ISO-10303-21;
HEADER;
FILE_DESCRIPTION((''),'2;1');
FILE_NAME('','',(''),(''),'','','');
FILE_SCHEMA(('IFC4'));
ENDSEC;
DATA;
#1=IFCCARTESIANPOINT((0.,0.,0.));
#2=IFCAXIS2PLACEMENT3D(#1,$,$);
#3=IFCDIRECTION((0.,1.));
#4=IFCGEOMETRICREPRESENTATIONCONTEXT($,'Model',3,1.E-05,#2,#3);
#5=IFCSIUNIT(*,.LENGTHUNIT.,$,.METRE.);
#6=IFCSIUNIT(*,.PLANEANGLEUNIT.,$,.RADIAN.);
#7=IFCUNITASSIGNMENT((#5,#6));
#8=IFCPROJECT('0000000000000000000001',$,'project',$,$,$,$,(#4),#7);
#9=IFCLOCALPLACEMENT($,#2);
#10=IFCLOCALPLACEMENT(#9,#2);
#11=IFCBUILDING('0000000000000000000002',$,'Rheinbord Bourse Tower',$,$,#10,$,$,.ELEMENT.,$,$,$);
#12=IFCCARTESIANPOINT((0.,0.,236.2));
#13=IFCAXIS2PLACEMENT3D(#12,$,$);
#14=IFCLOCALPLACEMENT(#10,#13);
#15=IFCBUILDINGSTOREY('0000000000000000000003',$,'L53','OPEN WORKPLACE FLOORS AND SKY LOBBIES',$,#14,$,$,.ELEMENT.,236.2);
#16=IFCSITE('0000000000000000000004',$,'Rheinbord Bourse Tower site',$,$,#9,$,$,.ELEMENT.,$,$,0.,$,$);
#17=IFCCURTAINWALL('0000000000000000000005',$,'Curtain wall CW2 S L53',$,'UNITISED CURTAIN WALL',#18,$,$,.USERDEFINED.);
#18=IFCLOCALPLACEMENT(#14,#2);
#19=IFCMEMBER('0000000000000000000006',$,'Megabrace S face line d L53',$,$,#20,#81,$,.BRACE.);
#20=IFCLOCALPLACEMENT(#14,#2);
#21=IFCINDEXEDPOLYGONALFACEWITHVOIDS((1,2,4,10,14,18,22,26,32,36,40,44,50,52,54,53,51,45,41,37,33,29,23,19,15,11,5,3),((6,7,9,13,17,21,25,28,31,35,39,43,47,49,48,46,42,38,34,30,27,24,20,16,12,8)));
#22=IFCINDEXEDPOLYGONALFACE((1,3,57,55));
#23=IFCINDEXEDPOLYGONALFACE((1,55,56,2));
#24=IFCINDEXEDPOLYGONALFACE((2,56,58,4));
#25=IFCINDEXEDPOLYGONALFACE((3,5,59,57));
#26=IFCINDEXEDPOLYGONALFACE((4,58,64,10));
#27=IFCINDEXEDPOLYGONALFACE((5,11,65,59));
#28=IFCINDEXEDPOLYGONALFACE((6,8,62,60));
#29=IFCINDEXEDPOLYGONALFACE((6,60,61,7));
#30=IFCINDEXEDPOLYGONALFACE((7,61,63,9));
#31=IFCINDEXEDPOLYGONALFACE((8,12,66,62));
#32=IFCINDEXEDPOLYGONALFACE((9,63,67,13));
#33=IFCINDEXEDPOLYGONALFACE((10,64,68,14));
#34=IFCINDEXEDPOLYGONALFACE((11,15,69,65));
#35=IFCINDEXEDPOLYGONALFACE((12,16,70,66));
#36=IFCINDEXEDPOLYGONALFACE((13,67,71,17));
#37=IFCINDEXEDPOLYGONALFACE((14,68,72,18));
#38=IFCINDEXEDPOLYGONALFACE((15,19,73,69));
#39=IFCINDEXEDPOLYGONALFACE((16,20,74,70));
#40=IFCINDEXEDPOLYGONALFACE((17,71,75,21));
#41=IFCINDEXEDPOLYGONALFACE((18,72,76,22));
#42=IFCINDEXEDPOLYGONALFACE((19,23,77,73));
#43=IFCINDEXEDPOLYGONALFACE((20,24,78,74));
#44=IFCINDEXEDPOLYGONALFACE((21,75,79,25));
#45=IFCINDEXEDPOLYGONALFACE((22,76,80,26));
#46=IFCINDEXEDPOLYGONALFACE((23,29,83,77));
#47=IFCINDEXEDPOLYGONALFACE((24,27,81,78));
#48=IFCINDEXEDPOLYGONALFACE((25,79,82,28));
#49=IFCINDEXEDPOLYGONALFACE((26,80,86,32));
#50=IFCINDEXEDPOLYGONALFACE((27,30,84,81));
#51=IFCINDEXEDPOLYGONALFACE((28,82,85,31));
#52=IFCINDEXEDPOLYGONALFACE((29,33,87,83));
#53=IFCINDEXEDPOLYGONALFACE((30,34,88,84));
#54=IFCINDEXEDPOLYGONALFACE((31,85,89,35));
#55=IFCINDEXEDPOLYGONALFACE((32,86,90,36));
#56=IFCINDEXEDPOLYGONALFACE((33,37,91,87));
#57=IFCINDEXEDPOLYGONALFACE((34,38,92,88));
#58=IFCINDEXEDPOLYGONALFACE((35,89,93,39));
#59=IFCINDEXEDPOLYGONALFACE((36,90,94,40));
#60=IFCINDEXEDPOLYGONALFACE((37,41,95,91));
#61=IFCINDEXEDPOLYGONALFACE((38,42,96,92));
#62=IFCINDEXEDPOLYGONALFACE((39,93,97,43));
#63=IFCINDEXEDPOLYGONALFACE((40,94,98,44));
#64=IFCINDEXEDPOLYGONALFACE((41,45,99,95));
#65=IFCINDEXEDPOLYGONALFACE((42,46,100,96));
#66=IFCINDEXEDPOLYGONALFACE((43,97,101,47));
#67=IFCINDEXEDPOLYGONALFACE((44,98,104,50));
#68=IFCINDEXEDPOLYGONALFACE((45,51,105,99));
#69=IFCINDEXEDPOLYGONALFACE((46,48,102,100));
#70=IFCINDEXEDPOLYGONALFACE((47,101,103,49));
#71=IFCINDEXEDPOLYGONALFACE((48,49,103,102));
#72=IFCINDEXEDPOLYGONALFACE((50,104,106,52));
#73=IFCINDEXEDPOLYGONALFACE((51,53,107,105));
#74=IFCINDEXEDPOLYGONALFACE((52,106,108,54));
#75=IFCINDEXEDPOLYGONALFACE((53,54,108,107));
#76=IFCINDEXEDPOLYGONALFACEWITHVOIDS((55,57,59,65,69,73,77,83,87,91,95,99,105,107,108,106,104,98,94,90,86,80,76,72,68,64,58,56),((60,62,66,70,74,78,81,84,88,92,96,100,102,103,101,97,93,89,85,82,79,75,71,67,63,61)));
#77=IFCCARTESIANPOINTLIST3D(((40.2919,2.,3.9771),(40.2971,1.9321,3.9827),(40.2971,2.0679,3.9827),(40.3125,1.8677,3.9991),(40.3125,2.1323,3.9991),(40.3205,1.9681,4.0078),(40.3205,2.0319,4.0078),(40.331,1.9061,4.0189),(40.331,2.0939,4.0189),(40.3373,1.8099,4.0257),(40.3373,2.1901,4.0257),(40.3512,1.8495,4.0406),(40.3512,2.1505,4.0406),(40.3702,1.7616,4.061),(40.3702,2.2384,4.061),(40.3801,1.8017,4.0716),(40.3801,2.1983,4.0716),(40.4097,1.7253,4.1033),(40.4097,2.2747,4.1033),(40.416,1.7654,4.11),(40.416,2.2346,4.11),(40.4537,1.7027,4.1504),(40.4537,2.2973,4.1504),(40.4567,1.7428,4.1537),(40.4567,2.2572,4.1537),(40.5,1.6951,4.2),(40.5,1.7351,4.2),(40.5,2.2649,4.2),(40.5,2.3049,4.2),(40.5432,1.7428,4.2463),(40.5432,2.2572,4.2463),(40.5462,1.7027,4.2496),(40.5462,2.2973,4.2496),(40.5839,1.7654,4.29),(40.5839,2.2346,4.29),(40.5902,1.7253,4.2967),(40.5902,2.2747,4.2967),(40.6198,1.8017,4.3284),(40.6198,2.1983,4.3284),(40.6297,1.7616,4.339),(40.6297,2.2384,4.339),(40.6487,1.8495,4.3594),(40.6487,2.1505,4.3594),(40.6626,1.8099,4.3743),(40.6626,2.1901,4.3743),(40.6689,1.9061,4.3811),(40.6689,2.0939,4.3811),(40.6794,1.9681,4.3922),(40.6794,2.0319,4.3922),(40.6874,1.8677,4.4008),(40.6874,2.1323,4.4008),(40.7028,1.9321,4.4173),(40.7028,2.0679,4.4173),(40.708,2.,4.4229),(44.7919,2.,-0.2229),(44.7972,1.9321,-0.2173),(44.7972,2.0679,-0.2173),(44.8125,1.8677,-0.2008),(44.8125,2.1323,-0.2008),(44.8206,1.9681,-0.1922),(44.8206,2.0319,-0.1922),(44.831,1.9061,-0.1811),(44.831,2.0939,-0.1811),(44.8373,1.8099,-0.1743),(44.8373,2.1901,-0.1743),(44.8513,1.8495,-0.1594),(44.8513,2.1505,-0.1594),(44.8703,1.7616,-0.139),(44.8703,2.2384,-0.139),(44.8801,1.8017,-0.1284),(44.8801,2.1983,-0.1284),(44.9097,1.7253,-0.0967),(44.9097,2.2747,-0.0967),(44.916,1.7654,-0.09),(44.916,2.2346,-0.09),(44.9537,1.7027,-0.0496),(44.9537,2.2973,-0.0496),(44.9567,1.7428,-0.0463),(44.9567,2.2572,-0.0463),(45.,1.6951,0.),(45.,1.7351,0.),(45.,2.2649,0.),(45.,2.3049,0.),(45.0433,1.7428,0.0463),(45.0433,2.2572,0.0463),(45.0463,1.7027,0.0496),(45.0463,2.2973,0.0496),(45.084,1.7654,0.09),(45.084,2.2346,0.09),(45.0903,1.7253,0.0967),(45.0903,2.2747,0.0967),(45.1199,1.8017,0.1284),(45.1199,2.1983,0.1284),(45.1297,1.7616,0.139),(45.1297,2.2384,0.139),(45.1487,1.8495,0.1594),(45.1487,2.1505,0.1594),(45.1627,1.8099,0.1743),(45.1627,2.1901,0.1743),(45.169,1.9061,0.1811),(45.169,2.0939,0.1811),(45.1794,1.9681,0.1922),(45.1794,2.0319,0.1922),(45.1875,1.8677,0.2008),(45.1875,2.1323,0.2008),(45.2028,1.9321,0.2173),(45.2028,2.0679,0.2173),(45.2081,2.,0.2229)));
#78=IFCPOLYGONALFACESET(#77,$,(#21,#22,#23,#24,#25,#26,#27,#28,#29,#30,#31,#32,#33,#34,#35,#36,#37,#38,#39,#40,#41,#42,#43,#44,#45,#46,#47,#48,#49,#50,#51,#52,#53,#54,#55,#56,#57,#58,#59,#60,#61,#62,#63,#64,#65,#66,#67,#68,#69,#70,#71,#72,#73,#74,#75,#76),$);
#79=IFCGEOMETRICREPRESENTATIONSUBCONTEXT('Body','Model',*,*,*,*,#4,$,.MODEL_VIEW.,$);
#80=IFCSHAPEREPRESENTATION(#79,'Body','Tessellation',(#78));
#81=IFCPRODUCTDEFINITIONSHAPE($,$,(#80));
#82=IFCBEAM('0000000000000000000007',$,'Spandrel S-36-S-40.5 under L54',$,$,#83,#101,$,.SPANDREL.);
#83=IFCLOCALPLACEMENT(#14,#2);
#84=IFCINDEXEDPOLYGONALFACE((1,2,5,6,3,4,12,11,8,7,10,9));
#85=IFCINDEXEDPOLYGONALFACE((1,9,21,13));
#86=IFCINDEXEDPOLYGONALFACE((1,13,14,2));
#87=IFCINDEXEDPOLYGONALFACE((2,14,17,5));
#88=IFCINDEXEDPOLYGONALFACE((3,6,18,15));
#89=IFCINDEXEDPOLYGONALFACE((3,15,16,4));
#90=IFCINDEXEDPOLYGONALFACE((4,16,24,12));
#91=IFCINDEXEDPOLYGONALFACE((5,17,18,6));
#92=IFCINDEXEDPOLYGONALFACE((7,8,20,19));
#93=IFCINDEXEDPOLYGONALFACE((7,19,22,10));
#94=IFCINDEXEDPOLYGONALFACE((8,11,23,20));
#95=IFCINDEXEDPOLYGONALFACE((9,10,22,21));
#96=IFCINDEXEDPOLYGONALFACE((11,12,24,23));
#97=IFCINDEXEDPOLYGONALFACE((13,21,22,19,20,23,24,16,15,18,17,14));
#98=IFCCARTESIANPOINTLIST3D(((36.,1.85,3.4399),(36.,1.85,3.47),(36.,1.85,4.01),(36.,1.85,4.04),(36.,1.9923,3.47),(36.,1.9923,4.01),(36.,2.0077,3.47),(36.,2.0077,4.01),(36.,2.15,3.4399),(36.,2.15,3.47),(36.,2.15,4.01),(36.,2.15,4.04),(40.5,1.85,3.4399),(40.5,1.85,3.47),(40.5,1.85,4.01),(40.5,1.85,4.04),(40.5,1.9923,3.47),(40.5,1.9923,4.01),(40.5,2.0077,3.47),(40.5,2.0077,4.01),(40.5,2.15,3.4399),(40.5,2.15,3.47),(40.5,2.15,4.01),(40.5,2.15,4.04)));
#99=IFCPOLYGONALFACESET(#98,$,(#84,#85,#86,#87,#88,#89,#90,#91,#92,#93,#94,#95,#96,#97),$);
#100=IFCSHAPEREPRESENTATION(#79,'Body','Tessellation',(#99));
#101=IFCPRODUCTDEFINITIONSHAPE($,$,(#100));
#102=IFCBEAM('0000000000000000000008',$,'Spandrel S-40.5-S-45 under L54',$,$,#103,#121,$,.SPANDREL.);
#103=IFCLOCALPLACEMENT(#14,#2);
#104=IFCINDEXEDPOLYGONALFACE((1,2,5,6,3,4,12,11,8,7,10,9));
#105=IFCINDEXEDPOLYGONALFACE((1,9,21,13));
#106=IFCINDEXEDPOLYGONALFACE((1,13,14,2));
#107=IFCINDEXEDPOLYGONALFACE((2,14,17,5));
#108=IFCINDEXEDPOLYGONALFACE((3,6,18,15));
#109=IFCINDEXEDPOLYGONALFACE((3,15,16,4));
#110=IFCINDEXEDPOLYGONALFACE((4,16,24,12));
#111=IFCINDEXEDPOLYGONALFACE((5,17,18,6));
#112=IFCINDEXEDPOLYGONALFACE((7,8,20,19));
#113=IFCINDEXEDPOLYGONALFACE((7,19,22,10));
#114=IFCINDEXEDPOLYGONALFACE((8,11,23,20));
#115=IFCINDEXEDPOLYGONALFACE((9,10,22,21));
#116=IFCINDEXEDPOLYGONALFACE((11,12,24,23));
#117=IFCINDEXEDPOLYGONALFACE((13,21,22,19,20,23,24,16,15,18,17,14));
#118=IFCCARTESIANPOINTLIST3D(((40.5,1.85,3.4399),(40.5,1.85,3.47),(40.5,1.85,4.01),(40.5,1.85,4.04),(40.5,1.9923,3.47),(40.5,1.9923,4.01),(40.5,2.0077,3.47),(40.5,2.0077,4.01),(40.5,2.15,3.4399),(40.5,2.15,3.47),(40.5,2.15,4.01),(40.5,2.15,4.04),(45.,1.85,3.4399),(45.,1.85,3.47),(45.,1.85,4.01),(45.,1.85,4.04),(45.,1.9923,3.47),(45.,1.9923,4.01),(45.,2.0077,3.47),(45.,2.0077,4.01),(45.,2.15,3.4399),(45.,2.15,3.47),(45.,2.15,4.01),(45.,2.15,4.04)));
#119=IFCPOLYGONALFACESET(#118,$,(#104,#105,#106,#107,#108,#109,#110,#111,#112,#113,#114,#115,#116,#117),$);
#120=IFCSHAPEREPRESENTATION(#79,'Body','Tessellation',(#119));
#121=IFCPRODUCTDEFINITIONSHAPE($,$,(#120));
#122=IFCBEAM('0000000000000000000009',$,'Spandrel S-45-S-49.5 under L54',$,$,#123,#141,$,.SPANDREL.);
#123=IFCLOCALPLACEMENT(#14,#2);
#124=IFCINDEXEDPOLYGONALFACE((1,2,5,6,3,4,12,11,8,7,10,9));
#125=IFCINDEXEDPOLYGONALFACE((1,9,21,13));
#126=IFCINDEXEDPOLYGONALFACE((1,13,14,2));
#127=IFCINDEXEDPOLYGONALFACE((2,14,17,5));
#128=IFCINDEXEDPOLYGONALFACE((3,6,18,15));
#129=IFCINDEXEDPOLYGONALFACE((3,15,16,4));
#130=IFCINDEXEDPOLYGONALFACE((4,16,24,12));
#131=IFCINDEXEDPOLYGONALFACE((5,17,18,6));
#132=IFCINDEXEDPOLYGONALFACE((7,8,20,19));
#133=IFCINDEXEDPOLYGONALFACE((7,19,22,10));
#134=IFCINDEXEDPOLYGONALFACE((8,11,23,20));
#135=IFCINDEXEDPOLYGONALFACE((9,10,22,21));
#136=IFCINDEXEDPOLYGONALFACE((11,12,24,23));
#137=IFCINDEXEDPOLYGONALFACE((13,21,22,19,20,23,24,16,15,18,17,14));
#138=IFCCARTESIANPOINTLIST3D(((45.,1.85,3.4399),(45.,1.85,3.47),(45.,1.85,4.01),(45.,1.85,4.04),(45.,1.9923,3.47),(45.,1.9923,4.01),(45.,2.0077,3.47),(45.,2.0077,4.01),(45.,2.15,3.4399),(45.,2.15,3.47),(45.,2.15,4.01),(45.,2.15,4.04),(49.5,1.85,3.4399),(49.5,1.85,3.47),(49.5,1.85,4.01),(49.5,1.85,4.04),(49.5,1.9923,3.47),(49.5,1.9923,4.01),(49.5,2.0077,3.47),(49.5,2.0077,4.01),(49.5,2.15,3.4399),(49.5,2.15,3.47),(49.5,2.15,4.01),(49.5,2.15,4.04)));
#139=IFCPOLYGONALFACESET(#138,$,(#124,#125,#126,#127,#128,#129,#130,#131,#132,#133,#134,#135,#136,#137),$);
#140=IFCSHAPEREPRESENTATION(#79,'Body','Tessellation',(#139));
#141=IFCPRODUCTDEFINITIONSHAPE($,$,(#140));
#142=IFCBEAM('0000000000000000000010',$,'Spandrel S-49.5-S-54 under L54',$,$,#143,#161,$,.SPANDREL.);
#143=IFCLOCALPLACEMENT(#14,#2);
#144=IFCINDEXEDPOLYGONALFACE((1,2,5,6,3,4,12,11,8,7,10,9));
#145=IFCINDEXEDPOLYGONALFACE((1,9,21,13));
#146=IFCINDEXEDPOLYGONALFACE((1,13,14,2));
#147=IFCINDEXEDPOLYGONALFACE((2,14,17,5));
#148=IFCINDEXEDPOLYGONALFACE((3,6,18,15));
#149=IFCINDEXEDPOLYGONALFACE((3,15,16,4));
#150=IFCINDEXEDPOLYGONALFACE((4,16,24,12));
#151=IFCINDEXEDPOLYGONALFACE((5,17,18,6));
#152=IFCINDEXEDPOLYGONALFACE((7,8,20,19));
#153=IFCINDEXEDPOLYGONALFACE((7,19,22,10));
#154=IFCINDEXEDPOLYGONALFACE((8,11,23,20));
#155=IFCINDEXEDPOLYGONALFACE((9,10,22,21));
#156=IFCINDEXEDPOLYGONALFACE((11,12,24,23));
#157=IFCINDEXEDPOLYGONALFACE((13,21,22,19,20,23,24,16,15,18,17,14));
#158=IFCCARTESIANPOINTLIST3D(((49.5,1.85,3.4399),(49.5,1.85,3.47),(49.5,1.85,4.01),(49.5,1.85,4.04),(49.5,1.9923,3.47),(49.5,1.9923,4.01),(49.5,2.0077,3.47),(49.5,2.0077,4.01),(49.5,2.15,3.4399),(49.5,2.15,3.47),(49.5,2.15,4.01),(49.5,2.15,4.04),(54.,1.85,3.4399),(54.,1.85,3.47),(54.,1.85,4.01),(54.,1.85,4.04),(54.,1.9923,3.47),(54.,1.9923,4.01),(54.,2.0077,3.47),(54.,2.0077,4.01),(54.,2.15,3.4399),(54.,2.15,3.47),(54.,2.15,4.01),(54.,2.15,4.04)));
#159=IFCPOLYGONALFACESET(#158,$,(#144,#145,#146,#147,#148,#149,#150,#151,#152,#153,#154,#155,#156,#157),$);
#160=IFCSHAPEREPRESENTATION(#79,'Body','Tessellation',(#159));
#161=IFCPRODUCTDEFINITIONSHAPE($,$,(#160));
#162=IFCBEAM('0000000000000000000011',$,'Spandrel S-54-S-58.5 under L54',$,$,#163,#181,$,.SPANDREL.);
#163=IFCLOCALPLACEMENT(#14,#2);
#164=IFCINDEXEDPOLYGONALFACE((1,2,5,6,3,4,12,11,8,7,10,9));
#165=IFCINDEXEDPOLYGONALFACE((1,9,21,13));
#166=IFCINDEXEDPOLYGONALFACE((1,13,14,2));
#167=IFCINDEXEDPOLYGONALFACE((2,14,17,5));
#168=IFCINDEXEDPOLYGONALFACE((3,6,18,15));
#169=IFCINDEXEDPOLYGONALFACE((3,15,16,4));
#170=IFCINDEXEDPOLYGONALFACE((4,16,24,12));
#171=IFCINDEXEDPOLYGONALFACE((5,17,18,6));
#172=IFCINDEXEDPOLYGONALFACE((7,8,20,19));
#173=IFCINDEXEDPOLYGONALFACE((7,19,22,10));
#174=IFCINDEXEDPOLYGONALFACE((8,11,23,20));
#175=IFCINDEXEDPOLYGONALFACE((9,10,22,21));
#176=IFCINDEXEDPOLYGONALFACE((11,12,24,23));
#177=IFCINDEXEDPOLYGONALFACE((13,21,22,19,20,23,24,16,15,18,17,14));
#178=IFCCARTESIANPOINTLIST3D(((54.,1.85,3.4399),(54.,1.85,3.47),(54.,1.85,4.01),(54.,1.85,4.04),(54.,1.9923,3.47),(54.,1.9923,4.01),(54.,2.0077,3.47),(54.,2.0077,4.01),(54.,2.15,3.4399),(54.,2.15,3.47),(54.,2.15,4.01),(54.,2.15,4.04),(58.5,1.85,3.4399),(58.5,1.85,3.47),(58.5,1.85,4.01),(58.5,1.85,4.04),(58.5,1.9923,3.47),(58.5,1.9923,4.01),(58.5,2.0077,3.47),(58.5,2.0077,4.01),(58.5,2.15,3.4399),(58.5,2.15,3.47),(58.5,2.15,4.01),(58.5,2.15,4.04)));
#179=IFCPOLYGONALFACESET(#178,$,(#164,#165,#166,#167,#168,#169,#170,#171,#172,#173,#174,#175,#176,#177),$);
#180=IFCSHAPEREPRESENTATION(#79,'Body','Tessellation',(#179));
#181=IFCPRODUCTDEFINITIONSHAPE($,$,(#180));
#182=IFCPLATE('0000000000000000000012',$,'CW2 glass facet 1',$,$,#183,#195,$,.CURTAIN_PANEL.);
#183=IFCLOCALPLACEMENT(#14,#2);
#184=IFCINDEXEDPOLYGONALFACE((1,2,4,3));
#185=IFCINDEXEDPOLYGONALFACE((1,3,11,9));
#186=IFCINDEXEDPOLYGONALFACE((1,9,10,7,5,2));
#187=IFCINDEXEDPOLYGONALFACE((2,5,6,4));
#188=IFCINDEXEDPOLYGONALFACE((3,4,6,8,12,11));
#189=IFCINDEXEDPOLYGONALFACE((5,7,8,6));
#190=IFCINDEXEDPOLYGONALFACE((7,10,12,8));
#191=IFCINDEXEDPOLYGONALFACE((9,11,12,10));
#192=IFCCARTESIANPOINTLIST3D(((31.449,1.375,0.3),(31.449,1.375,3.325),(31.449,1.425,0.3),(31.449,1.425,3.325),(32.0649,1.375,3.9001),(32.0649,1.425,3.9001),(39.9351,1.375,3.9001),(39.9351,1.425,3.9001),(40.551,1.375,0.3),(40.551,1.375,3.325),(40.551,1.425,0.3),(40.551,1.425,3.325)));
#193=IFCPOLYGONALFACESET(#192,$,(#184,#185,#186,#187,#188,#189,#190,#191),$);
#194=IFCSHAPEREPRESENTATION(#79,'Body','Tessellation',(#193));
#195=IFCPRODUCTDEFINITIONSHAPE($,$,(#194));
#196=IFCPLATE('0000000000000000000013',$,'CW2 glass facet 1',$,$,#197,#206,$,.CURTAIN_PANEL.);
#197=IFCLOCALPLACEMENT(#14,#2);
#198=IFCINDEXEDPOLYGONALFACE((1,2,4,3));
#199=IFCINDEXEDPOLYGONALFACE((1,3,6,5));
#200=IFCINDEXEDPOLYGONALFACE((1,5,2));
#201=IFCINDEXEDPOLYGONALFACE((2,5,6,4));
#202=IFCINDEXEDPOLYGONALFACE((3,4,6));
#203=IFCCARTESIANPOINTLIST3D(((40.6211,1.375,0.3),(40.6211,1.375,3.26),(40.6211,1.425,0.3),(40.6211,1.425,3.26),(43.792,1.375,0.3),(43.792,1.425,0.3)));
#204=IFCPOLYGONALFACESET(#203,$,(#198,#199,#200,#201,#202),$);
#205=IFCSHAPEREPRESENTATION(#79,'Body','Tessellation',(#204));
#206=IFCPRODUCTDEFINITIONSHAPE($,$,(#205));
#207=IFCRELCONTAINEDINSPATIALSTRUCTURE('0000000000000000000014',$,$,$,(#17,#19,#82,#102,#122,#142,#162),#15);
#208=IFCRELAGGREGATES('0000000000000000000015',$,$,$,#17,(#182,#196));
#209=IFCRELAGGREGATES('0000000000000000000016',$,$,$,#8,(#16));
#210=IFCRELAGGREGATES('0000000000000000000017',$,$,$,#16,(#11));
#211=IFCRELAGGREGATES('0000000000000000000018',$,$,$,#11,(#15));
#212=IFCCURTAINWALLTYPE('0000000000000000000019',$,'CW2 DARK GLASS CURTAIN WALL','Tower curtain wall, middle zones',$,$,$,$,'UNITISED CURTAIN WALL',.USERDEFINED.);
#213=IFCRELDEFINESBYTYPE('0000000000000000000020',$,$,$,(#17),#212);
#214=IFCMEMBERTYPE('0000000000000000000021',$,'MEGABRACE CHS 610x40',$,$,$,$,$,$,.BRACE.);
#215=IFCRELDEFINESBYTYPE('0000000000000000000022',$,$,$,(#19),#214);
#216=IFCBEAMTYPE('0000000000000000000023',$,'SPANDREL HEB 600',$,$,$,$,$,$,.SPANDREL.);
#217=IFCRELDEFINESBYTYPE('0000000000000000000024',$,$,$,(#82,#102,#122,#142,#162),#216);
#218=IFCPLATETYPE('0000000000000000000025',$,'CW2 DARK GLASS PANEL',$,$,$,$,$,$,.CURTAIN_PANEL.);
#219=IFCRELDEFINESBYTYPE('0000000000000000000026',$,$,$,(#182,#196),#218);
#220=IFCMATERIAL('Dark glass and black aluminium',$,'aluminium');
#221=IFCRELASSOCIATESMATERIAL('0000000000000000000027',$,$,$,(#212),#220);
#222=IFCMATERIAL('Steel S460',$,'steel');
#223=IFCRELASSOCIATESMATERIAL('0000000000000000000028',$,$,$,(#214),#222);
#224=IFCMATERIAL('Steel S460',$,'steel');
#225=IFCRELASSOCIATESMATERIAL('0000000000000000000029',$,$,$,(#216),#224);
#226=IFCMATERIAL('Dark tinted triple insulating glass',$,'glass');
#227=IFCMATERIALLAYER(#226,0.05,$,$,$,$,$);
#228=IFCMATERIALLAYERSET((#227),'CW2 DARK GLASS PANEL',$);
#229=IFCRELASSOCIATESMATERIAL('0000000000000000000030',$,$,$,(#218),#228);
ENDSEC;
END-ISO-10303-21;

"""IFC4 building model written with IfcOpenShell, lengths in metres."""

from ifc_helpers import new_model, si_unit, direction, frame, origin, origin_2d, place, context, subcontext, project, spatial, polyline, hollow_circle, i_section, outline, extrude, material, layer, layer_set, material_profile, profile_set, type_object, element, aggregate, save


model = new_model("IFC4")

# Units and contexts
model_context = context("Model", 3, precision=1e-05, world=origin(), true_north=direction((0.0, 1.0)))
body_context = subcontext(model_context, "Body", "Model", "MODEL_VIEW")
ifc_project = project(units=[si_unit("LENGTHUNIT", "METRE"), si_unit("PLANEANGLEUNIT", "RADIAN")], contexts=[model_context])

# Site, building, storey
site_placement = place(None, origin())
site = spatial("IfcSite", under=ifc_project, at=site_placement, Name="Rheinbord Bourse Tower site", CompositionType="ELEMENT", RefElevation=0.0)
building_placement = place(site_placement, origin())
building = spatial("IfcBuilding", under=site, at=building_placement, Name="Rheinbord Bourse Tower", CompositionType="ELEMENT")
storey_placement = place(building_placement, frame((0.0, 0.0, 236.2)))
storey = spatial("IfcBuildingStorey", under=building, at=storey_placement, Name="L53", Description="OPEN WORKPLACE FLOORS AND SKY LOBBIES", CompositionType="ELEMENT", Elevation=236.2)

# Curtain wall
ifc_material_1 = material(Name="Dark glass and black aluminium", Category="aluminium")
curtain_wall_type = type_object("IfcCurtainWallType", Name="CW2 DARK GLASS CURTAIN WALL", Description="Tower curtain wall, middle zones", ElementType="UNITISED CURTAIN WALL", PredefinedType="USERDEFINED", material=ifc_material_1)
curtain_wall_placement = place(storey_placement, origin())
curtain_wall = element("IfcCurtainWall", 1, at=curtain_wall_placement, inside=storey, type_object=curtain_wall_type, Name="Curtain wall CW2 S L53", ObjectType="UNITISED CURTAIN WALL", PredefinedType="USERDEFINED")

# Member
ifc_material_2 = material(Name="Steel S460", Category="steel")
ifc_material_profile_1 = material_profile(ifc_material_2, hollow_circle(Radius=0.3049, WallThickness=0.04, at=origin_2d()), Name="CHS 610x40")
ifc_profile_set_1 = profile_set([ifc_material_profile_1], Name="Steel S460")
member_type_1 = type_object("IfcMemberType", Name="MEGABRACE CHS 610x40", PredefinedType="BRACE", material=ifc_profile_set_1)
member_1_placement = place(storey_placement, frame((45.0, 2.0, 0.0), z_axis=(-0.731059, 0.0, 0.682314), x_axis=(0.0, -1.0, 0.0)))
element("IfcMember", 2, at=member_1_placement, inside=storey, type_object=member_type_1, Name="Megabrace S face line d L53", PredefinedType="BRACE", context=body_context, shape_type="SweptSolid", body=[
    extrude(hollow_circle(Radius=0.3049, WallThickness=0.04, at=origin_2d()), origin(), (0.0, 0.0, 1.0), 6.1555),
])

# Beams
ifc_material_3 = material(Name="Steel S460", Category="steel")
ifc_material_profile_2 = material_profile(ifc_material_3, i_section(OverallWidth=0.3, OverallDepth=0.6001, WebThickness=0.0154, FlangeThickness=0.03, at=origin_2d()), Name="HEB 600")
ifc_profile_set_2 = profile_set([ifc_material_profile_2], Name="Steel S460")
beam_type_1 = type_object("IfcBeamType", Name="SPANDREL HEB 600", PredefinedType="SPANDREL", material=ifc_profile_set_2)
for number, where, z_axis, x_axis, name in (
    (3, (36.0, 2.0, 3.74), (1.0, 0.0, 0.0), (0.0, 1.0, 0.0), "Spandrel S-36-S-40.5 under L54"),
    (4, (40.5, 2.0, 3.74), (1.0, 0.0, 0.0), (0.0, 1.0, 0.0), "Spandrel S-40.5-S-45 under L54"),
    (5, (45.0, 2.0, 3.74), (1.0, 0.0, 0.0), (0.0, 1.0, 0.0), "Spandrel S-45-S-49.5 under L54"),
    (6, (49.5, 2.0, 3.74), (1.0, 0.0, 0.0), (0.0, 1.0, 0.0), "Spandrel S-49.5-S-54 under L54"),
    (7, (54.0, 2.0, 3.74), (1.0, 0.0, 0.0), (0.0, 1.0, 0.0), "Spandrel S-54-S-58.5 under L54"),
):
    element("IfcBeam", number, at=place(storey_placement, frame(where, z_axis=z_axis, x_axis=x_axis)), inside=storey, type_object=beam_type_1, Name=name, PredefinedType="SPANDREL", context=body_context, shape_type="SweptSolid", body=[
        extrude(i_section(OverallWidth=0.3, OverallDepth=0.6001, WebThickness=0.0154, FlangeThickness=0.03, at=origin_2d()), origin(), (0.0, 0.0, 1.0), 4.5),
    ])

# Plates
ifc_material_4 = material(Name="Dark tinted triple insulating glass", Category="glass")
ifc_layer_1 = layer(ifc_material_4, 0.05)
ifc_layer_set_1 = layer_set([ifc_layer_1], Name="CW2 DARK GLASS PANEL")
plate_type = type_object("IfcPlateType", Name="CW2 DARK GLASS PANEL", PredefinedType="CURTAIN_PANEL", material=ifc_layer_set_1)
plate_1_placement = place(storey_placement, frame((40.551, 1.375, 0.3), z_axis=(0.0, 1.0, 0.0), x_axis=(-1.0, 0.0, 0.0)))
plate_1 = element("IfcPlate", 8, at=plate_1_placement, type_object=plate_type, Name="CW2 glass facet 1", PredefinedType="CURTAIN_PANEL", context=body_context, shape_type="SweptSolid", body=[
    extrude(outline(polyline([(0.0, 0.0), (9.1021, 0.0), (9.1021, 3.0249), (8.4861, 3.6001), (0.616, 3.6001), (0.0, 3.0249), (0.0, 0.0)])), origin(), (0.0, 0.0, 1.0), 0.05),
])
plate_2_placement = place(storey_placement, frame((40.6211, 1.375, 0.3), z_axis=(0.0, 1.0, 0.0), x_axis=(0.0, 0.0, 1.0)))
plate_2 = element("IfcPlate", 9, at=plate_2_placement, type_object=plate_type, Name="CW2 glass facet 1", PredefinedType="CURTAIN_PANEL", context=body_context, shape_type="SweptSolid", body=[
    extrude(outline(polyline([(0.0, 0.0), (2.96, 0.0), (0.0, 3.1709), (0.0, 0.0)])), origin(), (0.0, 0.0, 1.0), 0.05),
])
aggregate(curtain_wall, [plate_1, plate_2])

save(model, "model.ifc")
